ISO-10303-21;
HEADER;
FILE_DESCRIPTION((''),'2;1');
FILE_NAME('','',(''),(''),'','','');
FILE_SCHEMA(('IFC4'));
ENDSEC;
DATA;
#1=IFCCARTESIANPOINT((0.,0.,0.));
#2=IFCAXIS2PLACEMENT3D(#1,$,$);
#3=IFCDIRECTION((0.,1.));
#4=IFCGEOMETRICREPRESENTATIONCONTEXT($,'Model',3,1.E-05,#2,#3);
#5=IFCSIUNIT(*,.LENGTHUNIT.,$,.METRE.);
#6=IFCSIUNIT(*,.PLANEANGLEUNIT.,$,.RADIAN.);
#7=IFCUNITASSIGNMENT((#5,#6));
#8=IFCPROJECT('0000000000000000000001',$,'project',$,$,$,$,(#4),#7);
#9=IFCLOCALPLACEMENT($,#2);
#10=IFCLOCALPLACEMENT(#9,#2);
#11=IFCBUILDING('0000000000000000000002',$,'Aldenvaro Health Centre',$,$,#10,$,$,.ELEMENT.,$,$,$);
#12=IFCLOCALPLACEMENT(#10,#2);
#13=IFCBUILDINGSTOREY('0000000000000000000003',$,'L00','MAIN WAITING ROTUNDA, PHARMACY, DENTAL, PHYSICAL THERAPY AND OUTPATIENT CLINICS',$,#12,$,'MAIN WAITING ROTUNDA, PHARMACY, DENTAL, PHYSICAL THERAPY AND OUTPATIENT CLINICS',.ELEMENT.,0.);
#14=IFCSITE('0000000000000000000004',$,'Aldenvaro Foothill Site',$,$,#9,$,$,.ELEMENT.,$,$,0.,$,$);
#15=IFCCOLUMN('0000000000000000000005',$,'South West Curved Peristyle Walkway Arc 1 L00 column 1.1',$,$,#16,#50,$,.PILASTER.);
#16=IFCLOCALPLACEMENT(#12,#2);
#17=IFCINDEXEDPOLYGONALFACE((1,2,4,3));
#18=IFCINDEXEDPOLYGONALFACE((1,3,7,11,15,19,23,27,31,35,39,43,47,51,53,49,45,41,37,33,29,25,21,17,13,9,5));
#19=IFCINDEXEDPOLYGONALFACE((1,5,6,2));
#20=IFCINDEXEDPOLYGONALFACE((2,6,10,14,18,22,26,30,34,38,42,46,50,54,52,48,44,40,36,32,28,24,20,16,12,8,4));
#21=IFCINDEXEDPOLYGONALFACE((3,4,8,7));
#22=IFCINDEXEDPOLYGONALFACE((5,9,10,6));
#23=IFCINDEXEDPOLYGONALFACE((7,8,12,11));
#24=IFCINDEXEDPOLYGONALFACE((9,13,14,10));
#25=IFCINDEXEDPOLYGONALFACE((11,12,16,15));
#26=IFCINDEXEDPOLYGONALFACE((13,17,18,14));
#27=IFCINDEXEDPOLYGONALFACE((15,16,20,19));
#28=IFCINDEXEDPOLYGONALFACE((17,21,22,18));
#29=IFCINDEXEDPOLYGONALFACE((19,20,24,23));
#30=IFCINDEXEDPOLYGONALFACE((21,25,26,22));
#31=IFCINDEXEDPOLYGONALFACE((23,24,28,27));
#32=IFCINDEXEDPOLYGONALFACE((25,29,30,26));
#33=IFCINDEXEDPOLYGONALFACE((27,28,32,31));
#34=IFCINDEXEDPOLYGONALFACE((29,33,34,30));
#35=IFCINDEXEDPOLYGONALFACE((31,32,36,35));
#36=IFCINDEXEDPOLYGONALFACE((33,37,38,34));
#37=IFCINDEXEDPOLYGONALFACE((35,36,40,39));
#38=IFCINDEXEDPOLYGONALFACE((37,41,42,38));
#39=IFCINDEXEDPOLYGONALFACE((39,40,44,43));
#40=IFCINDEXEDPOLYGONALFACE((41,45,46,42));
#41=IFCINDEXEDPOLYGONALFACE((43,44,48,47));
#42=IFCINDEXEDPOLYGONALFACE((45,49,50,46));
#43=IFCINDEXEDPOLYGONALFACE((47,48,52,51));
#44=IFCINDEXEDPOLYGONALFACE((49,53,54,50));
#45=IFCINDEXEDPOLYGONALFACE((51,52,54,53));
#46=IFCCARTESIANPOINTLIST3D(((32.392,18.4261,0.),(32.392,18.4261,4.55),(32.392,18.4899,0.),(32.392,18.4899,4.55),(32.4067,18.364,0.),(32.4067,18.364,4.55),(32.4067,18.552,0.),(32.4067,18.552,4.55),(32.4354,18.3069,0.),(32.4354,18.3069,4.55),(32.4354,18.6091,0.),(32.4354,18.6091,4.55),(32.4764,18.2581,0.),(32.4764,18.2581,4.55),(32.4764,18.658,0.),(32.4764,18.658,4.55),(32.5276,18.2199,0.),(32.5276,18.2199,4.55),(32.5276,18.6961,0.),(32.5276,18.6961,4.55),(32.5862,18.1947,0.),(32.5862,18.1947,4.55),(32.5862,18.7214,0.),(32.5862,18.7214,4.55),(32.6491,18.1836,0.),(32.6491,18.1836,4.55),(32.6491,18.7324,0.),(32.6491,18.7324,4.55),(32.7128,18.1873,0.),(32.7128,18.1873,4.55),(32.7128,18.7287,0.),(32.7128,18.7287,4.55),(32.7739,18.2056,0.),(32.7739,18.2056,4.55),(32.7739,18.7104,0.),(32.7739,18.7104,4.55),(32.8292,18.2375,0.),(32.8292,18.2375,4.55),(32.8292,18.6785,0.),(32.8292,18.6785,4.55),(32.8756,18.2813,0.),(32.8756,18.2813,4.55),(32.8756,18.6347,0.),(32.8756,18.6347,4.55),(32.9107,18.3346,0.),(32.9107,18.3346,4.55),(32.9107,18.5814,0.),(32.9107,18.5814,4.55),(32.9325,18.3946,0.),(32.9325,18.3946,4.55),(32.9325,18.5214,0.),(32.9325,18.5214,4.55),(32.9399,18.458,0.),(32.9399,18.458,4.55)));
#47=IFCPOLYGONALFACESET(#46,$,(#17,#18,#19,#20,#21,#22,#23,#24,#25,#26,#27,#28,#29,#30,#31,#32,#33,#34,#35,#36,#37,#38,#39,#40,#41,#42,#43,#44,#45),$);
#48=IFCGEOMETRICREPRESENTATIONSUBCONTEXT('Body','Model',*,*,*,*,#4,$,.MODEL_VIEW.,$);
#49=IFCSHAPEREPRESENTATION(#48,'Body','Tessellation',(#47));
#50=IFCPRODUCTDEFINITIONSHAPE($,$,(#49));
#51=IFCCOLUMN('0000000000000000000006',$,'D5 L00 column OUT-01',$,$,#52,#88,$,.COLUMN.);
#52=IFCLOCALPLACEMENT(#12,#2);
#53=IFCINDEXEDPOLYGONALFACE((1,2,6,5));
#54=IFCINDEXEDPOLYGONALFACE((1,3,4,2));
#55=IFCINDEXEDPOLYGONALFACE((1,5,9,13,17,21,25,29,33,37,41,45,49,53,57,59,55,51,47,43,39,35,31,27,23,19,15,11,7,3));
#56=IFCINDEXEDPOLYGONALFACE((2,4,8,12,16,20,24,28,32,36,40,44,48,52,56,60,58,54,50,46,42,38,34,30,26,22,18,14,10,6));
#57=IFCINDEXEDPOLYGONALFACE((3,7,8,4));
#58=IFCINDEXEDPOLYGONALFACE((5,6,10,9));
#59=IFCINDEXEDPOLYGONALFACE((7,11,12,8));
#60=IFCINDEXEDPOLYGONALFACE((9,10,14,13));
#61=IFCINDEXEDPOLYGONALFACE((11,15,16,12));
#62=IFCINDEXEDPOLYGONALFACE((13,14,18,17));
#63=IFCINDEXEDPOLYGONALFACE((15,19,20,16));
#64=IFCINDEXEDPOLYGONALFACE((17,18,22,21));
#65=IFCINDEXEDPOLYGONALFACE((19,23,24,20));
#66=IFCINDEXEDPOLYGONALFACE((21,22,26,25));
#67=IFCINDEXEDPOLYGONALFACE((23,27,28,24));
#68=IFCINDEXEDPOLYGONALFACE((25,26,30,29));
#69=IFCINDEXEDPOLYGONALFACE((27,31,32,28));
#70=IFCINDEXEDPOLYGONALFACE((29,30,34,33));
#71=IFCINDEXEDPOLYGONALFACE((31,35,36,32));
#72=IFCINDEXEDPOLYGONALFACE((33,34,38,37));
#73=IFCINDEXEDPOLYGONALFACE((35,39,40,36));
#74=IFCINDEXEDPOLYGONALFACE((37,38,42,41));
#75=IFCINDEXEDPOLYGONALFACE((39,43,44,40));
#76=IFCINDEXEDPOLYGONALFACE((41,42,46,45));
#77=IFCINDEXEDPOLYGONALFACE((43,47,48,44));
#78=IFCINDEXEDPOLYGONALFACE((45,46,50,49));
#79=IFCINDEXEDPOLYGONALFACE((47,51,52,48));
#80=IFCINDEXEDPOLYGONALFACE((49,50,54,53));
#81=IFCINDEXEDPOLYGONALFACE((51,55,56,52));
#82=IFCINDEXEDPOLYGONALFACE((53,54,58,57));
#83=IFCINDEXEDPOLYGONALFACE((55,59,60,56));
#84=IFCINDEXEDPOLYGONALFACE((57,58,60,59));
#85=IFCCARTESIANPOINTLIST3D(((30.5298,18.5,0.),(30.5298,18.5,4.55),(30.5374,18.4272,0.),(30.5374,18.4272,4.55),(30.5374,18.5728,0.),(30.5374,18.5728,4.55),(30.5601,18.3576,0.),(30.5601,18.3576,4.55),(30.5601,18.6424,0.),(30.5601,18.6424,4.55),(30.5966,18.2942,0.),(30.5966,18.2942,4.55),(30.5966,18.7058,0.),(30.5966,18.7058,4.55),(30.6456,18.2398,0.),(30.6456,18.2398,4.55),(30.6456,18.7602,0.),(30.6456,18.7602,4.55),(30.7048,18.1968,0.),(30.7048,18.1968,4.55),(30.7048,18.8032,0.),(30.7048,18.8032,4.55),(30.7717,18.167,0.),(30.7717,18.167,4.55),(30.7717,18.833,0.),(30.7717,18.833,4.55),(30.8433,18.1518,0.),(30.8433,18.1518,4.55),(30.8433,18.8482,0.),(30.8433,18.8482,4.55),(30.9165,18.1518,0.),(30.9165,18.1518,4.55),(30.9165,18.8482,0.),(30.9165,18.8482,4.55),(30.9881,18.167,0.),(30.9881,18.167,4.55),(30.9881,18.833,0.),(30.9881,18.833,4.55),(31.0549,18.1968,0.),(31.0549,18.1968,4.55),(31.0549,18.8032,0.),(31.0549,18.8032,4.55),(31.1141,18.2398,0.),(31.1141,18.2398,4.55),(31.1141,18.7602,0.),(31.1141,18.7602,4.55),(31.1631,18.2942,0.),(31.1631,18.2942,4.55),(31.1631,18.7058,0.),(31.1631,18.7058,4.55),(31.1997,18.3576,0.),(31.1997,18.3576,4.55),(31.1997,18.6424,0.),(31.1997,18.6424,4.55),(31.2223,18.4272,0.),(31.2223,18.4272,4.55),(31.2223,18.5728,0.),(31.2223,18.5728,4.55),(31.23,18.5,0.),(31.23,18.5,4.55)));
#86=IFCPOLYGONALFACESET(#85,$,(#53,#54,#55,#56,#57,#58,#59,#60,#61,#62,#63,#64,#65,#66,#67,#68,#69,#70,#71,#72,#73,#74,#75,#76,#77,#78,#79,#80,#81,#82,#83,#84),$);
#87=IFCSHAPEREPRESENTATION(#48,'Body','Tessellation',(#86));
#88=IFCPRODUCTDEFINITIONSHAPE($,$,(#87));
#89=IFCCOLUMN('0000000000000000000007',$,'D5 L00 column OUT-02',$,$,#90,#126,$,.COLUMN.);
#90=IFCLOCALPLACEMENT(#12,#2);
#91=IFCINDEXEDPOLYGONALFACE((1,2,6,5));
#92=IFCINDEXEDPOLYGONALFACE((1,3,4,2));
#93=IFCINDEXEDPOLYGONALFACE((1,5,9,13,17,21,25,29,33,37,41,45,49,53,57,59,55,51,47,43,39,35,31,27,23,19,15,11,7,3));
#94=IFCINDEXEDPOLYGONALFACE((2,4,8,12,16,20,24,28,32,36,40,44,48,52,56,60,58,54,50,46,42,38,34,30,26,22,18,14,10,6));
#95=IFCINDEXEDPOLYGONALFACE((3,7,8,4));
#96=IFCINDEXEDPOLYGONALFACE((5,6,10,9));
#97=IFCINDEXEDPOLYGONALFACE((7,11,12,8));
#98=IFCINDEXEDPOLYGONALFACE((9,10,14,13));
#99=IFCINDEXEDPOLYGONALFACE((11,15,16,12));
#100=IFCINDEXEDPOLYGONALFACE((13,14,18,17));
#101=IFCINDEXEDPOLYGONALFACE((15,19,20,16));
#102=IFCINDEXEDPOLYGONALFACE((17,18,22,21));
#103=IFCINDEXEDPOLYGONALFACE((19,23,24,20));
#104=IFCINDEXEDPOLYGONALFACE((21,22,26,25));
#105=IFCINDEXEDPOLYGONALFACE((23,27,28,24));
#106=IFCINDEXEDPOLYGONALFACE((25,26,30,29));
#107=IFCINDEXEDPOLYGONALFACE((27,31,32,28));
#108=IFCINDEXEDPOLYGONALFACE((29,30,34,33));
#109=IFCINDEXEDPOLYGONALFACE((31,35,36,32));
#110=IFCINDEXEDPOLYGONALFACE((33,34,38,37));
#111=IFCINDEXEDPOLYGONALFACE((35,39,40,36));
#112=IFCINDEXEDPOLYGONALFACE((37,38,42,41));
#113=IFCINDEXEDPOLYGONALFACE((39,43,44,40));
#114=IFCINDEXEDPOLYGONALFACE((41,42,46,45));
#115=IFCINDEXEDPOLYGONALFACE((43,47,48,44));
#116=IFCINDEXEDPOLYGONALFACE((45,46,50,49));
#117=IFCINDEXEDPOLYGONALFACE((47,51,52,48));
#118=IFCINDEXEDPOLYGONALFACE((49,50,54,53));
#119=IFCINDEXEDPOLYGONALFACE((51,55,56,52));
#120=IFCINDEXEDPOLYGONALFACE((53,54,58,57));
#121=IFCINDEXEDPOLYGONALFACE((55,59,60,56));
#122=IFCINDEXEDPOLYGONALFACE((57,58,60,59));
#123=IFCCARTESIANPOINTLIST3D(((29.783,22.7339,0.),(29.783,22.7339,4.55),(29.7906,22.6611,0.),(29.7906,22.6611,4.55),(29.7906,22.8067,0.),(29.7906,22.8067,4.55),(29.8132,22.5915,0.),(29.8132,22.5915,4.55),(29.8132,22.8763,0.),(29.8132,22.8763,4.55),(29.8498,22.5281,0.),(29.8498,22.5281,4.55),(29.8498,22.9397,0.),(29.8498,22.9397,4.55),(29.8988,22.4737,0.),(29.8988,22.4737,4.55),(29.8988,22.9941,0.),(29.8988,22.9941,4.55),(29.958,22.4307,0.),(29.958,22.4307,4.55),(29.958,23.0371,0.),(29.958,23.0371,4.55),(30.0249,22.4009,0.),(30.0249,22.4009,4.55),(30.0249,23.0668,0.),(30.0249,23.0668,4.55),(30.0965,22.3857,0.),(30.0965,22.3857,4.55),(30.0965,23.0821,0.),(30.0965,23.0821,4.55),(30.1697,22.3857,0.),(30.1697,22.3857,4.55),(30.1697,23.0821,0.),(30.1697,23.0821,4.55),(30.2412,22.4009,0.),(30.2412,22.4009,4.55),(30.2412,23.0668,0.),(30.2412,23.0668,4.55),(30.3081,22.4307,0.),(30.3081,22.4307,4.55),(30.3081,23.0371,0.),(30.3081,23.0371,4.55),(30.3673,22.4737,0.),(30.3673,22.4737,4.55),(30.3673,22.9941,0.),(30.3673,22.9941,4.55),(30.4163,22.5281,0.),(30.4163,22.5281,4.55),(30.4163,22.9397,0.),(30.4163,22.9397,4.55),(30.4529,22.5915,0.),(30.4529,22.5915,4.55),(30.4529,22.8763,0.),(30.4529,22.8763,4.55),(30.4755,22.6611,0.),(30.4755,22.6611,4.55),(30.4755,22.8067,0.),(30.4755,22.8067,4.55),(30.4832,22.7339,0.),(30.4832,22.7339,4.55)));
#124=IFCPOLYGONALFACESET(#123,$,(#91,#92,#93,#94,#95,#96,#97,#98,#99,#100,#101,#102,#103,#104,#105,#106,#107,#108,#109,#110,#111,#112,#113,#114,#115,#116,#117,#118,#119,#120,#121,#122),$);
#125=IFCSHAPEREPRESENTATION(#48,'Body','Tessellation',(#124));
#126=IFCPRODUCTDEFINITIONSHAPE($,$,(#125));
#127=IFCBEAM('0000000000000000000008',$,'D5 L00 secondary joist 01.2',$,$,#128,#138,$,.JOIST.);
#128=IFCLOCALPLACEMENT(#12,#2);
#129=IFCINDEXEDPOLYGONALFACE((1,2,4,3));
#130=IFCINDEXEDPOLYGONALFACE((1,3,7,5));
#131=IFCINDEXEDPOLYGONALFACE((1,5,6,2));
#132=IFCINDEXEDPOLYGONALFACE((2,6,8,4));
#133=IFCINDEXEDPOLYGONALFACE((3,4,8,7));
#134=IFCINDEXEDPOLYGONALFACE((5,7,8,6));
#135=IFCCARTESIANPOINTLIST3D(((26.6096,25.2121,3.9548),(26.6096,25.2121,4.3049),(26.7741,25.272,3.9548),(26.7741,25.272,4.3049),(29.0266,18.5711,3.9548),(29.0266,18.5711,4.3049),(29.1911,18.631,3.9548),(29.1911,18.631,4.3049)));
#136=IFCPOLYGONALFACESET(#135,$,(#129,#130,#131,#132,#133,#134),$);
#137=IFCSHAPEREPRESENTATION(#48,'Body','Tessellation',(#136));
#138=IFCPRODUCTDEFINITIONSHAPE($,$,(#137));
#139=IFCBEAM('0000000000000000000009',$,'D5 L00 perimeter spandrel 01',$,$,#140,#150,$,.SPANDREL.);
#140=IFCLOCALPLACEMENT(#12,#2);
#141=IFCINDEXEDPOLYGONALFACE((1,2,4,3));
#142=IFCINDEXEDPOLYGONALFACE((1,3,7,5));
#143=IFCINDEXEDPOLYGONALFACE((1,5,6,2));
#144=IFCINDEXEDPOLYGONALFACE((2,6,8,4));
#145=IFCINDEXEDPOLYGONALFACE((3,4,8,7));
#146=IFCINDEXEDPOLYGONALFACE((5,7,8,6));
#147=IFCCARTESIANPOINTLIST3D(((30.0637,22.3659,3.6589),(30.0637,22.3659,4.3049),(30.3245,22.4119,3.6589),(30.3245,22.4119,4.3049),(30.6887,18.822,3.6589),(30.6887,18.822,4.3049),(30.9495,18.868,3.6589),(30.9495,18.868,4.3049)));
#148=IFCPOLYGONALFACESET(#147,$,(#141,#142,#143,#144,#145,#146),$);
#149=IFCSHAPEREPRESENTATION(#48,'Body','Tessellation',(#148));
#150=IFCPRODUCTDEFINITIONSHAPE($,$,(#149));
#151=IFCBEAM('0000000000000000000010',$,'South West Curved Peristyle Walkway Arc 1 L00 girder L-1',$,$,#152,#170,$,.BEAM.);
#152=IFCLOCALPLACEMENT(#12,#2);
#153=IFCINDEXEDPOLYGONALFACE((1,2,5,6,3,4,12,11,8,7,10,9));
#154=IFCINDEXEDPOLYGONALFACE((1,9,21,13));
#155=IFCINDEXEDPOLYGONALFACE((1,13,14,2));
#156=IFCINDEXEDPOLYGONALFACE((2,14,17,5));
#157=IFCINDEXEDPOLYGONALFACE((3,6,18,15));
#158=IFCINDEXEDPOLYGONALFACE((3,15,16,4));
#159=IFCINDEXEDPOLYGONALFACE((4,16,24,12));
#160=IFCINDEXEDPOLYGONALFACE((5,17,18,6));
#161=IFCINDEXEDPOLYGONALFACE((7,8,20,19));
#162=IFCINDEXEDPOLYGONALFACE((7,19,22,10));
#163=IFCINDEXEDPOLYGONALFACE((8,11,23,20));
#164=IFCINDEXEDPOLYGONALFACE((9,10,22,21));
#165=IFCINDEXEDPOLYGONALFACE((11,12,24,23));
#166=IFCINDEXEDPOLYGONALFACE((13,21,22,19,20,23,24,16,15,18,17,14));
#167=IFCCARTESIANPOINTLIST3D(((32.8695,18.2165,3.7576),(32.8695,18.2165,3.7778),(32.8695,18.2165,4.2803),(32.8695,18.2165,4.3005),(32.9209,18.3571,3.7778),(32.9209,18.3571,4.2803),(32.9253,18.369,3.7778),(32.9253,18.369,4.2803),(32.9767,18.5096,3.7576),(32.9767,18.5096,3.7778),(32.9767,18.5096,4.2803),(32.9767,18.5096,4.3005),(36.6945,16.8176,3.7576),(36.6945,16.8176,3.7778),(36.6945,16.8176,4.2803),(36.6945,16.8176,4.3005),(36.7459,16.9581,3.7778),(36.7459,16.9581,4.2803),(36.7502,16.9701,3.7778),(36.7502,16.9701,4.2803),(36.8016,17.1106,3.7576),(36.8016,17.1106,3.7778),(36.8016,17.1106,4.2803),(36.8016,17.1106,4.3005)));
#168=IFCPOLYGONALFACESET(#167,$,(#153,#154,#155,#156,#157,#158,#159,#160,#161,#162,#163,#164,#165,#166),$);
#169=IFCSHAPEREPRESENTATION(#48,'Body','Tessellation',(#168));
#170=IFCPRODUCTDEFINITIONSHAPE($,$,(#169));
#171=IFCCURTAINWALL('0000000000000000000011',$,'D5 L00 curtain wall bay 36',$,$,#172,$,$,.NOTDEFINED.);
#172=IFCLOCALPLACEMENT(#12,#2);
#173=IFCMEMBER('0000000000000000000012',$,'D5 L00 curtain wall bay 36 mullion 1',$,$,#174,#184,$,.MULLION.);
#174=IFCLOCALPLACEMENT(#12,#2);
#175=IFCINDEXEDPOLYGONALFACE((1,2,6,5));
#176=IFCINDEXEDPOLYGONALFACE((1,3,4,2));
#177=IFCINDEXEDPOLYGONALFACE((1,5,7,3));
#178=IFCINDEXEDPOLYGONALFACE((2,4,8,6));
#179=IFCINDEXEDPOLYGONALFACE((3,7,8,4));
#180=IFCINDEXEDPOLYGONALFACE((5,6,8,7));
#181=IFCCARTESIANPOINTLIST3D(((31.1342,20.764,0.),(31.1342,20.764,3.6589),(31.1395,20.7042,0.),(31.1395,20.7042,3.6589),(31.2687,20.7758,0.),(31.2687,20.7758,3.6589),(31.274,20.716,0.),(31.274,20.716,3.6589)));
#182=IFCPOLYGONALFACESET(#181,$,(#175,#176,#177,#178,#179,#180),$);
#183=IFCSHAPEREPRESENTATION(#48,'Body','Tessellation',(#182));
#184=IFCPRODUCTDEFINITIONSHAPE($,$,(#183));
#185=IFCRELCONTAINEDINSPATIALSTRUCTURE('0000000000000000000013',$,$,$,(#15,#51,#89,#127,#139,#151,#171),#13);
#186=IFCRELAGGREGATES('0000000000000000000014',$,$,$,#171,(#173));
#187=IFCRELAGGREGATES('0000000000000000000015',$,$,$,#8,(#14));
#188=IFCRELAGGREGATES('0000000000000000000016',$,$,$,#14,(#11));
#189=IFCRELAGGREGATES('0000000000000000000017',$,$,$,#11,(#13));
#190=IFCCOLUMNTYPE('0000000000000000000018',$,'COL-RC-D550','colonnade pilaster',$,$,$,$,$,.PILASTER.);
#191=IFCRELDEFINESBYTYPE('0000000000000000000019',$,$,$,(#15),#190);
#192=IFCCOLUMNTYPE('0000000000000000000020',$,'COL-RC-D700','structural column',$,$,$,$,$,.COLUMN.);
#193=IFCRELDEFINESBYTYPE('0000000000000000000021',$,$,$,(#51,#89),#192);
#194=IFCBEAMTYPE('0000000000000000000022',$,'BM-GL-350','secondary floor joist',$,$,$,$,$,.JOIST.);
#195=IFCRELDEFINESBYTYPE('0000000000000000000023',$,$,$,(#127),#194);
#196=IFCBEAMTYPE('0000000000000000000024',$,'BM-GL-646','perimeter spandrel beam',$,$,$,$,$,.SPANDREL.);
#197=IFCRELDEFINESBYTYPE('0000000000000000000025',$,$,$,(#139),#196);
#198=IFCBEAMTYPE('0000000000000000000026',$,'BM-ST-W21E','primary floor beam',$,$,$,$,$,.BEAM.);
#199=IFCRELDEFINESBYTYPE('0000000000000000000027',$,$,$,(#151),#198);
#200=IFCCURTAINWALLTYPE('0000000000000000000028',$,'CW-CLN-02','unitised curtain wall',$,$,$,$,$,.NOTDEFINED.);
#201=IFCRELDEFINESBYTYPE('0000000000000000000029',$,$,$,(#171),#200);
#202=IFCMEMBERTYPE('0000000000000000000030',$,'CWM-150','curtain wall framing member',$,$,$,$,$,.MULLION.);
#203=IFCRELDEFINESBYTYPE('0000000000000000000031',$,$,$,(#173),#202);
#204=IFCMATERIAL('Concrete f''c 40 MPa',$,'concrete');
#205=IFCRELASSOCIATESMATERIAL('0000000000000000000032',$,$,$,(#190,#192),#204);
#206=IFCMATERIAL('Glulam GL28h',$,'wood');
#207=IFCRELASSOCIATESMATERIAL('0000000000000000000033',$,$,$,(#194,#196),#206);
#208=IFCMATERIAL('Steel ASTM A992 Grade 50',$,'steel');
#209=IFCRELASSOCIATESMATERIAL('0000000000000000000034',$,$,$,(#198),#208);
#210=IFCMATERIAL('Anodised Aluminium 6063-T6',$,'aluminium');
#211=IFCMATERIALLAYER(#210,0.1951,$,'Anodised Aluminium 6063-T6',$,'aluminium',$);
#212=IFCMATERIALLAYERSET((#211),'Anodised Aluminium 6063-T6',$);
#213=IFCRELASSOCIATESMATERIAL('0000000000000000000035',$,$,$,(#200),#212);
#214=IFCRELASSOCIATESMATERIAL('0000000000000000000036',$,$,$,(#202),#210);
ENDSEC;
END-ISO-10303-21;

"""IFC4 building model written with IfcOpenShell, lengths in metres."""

from ifc_helpers import new_model, si_unit, direction, frame, origin, origin_2d, place, context, subcontext, project, spatial, rectangle, circle, i_section, extrude, material, layer, layer_set, material_profile, profile_set, type_object, element, aggregate, save


model = new_model("IFC4")

# Units and contexts
model_context = context("Model", 3, precision=1e-05, world=origin(), true_north=direction((0.0, 1.0)))
body_context = subcontext(model_context, "Body", "Model", "MODEL_VIEW")
ifc_project = project(units=[si_unit("LENGTHUNIT", "METRE"), si_unit("PLANEANGLEUNIT", "RADIAN")], contexts=[model_context])

# Site, building, storey
site_placement = place(None, origin())
site = spatial("IfcSite", under=ifc_project, at=site_placement, Name="Aldenvaro Foothill Site", CompositionType="ELEMENT", RefElevation=0.0)
building_placement = place(site_placement, origin())
building = spatial("IfcBuilding", under=site, at=building_placement, Name="Aldenvaro Health Centre", CompositionType="ELEMENT")
storey_placement = place(building_placement, origin())
storey = spatial("IfcBuildingStorey", under=building, at=storey_placement, Name="L00", Description="MAIN WAITING ROTUNDA, PHARMACY, DENTAL, PHYSICAL THERAPY AND OUTPATIENT CLINICS", LongName="MAIN WAITING ROTUNDA, PHARMACY, DENTAL, PHYSICAL THERAPY AND OUTPATIENT CLINICS", CompositionType="ELEMENT", Elevation=0.0)

# Columns
ifc_material_1 = material(Name="Concrete f'c 40 MPa", Category="concrete")
ifc_material_profile_1 = material_profile(ifc_material_1, circle(Radius=0.2749, at=origin_2d()), Name="RC D550", Category="concrete")
ifc_profile_set_1 = profile_set([ifc_material_profile_1], Name="Concrete f'c 40 MPa")
column_type_1 = type_object("IfcColumnType", Name="COL-RC-D550", Description="colonnade pilaster", PredefinedType="PILASTER", material=ifc_profile_set_1)
column_placement = place(storey_placement, frame((32.665, 18.458, 0.0), z_axis=(0.0, 0.0, 1.0), x_axis=(1.0, 0.0, 0.0)))
element("IfcColumn", 1, at=column_placement, inside=storey, type_object=column_type_1, Name="South West Curved Peristyle Walkway Arc 1 L00 column 1.1", PredefinedType="PILASTER", context=body_context, shape_type="SweptSolid", body=[
    extrude(circle(Radius=0.2749, at=origin_2d()), origin(), (0.0, 0.0, 1.0), 4.55),
])
ifc_material_profile_2 = material_profile(ifc_material_1, circle(Radius=0.3501, at=origin_2d()), Name="RC D700", Category="concrete")
ifc_profile_set_2 = profile_set([ifc_material_profile_2], Name="Concrete f'c 40 MPa")
column_type_2 = type_object("IfcColumnType", Name="COL-RC-D700", Description="structural column", PredefinedType="COLUMN", material=ifc_profile_set_2)
for number, where, z_axis, x_axis, name in (
    (2, (30.8799, 18.5, 0.0), (0.0, 0.0, 1.0), (1.0, 0.0, 0.0), "D5 L00 column OUT-01"),
    (3, (30.1331, 22.7339, 0.0), (0.0, 0.0, 1.0), (1.0, 0.0, 0.0), "D5 L00 column OUT-02"),
):
    element("IfcColumn", number, at=place(storey_placement, frame(where, z_axis=z_axis, x_axis=x_axis)), inside=storey, type_object=column_type_2, Name=name, PredefinedType="COLUMN", context=body_context, shape_type="SweptSolid", body=[
        extrude(circle(Radius=0.3501, at=origin_2d()), origin(), (0.0, 0.0, 1.0), 4.55),
    ])

# Beams
ifc_material_2 = material(Name="Glulam GL28h", Category="wood")
ifc_material_profile_3 = material_profile(ifc_material_2, rectangle(XDim=0.175, YDim=0.3501, at=origin_2d()), Name="GL 175x350", Category="wood")
ifc_profile_set_3 = profile_set([ifc_material_profile_3], Name="Glulam GL28h")
beam_type_1 = type_object("IfcBeamType", Name="BM-GL-350", Description="secondary floor joist", PredefinedType="JOIST", material=ifc_profile_set_3)
beam_1_placement = place(storey_placement, frame((29.1089, 18.6011, 4.1299), z_axis=(-0.342009, 0.939697, 0.0), x_axis=(-0.939697, -0.342009, 0.0)))
element("IfcBeam", 4, at=beam_1_placement, inside=storey, type_object=beam_type_1, Name="D5 L00 secondary joist 01.2", PredefinedType="JOIST", context=body_context, shape_type="SweptSolid", body=[
    extrude(rectangle(XDim=0.175, YDim=0.3501, at=origin_2d()), origin(), (0.0, 0.0, 1.0), 7.0671),
])
ifc_material_profile_4 = material_profile(ifc_material_2, rectangle(XDim=0.2649, YDim=0.646, at=origin_2d()), Name="GL 265x646", Category="wood")
ifc_profile_set_4 = profile_set([ifc_material_profile_4], Name="Glulam GL28h")
beam_type_2 = type_object("IfcBeamType", Name="BM-GL-646", Description="perimeter spandrel beam", PredefinedType="SPANDREL", material=ifc_profile_set_4)
beam_2_placement = place(storey_placement, frame((30.8191, 18.845, 3.9819), z_axis=(-0.173677, 0.984803, 0.0), x_axis=(-0.984803, -0.173677, 0.0)))
element("IfcBeam", 5, at=beam_2_placement, inside=storey, type_object=beam_type_2, Name="D5 L00 perimeter spandrel 01", PredefinedType="SPANDREL", context=body_context, shape_type="SweptSolid", body=[
    extrude(rectangle(XDim=0.2649, YDim=0.646, at=origin_2d()), origin(), (0.0, 0.0, 1.0), 3.5986),
])
ifc_material_3 = material(Name="Steel ASTM A992 Grade 50", Category="steel")
ifc_material_profile_5 = material_profile(ifc_material_3, i_section(OverallWidth=0.312, OverallDepth=0.543, WebThickness=0.0127, FlangeThickness=0.0203, at=origin_2d()), Name="W21X101", Category="steel")
ifc_profile_set_5 = profile_set([ifc_material_profile_5], Name="Steel ASTM A992 Grade 50")
beam_type_3 = type_object("IfcBeamType", Name="BM-ST-W21E", Description="primary floor beam", PredefinedType="BEAM", material=ifc_profile_set_5)
beam_3_placement = place(storey_placement, frame((32.9231, 18.363, 4.0291), z_axis=(0.939158, -0.343485, 0.0), x_axis=(0.343485, 0.939158, 0.0)))
element("IfcBeam", 6, at=beam_3_placement, inside=storey, type_object=beam_type_3, Name="South West Curved Peristyle Walkway Arc 1 L00 girder L-1", PredefinedType="BEAM", context=body_context, shape_type="SweptSolid", body=[
    extrude(i_section(OverallWidth=0.312, OverallDepth=0.543, WebThickness=0.0127, FlangeThickness=0.0203, at=origin_2d()), origin(), (0.0, 0.0, 1.0), 4.0728),
])

# Curtain wall, member
ifc_material_4 = material(Name="Anodised Aluminium 6063-T6", Category="aluminium")
ifc_layer_1 = layer(ifc_material_4, 0.1951, Name="Anodised Aluminium 6063-T6", Category="aluminium")
ifc_layer_set_1 = layer_set([ifc_layer_1], Name="Anodised Aluminium 6063-T6")
curtain_wall_type = type_object("IfcCurtainWallType", Name="CW-CLN-02", Description="unitised curtain wall", PredefinedType="NOTDEFINED", material=ifc_layer_set_1)
curtain_wall_placement = place(storey_placement, origin())
curtain_wall = element("IfcCurtainWall", 7, at=curtain_wall_placement, inside=storey, type_object=curtain_wall_type, Name="D5 L00 curtain wall bay 36", PredefinedType="NOTDEFINED")
ifc_material_profile_6 = material_profile(ifc_material_4, rectangle(XDim=0.0601, YDim=0.135, at=origin_2d()), Name="ALU 60x135", Category="aluminium")
ifc_profile_set_6 = profile_set([ifc_material_profile_6], Name="Anodised Aluminium 6063-T6")
member_type_1 = type_object("IfcMemberType", Name="CWM-150", Description="curtain wall framing member", PredefinedType="MULLION", material=ifc_profile_set_6)
member_1_placement = place(storey_placement, frame((31.2041, 20.74, 0.0), z_axis=(0.0, 0.0, 1.0), x_axis=(0.087167, -0.996194, 0.0)))
member_1 = element("IfcMember", 8, at=member_1_placement, type_object=member_type_1, Name="D5 L00 curtain wall bay 36 mullion 1", PredefinedType="MULLION", context=body_context, shape_type="SweptSolid", body=[
    extrude(rectangle(XDim=0.0601, YDim=0.135, at=origin_2d()), origin(), (0.0, 0.0, 1.0), 3.6589),
])

aggregate(curtain_wall, [member_1])

save(model, "model.ifc")
